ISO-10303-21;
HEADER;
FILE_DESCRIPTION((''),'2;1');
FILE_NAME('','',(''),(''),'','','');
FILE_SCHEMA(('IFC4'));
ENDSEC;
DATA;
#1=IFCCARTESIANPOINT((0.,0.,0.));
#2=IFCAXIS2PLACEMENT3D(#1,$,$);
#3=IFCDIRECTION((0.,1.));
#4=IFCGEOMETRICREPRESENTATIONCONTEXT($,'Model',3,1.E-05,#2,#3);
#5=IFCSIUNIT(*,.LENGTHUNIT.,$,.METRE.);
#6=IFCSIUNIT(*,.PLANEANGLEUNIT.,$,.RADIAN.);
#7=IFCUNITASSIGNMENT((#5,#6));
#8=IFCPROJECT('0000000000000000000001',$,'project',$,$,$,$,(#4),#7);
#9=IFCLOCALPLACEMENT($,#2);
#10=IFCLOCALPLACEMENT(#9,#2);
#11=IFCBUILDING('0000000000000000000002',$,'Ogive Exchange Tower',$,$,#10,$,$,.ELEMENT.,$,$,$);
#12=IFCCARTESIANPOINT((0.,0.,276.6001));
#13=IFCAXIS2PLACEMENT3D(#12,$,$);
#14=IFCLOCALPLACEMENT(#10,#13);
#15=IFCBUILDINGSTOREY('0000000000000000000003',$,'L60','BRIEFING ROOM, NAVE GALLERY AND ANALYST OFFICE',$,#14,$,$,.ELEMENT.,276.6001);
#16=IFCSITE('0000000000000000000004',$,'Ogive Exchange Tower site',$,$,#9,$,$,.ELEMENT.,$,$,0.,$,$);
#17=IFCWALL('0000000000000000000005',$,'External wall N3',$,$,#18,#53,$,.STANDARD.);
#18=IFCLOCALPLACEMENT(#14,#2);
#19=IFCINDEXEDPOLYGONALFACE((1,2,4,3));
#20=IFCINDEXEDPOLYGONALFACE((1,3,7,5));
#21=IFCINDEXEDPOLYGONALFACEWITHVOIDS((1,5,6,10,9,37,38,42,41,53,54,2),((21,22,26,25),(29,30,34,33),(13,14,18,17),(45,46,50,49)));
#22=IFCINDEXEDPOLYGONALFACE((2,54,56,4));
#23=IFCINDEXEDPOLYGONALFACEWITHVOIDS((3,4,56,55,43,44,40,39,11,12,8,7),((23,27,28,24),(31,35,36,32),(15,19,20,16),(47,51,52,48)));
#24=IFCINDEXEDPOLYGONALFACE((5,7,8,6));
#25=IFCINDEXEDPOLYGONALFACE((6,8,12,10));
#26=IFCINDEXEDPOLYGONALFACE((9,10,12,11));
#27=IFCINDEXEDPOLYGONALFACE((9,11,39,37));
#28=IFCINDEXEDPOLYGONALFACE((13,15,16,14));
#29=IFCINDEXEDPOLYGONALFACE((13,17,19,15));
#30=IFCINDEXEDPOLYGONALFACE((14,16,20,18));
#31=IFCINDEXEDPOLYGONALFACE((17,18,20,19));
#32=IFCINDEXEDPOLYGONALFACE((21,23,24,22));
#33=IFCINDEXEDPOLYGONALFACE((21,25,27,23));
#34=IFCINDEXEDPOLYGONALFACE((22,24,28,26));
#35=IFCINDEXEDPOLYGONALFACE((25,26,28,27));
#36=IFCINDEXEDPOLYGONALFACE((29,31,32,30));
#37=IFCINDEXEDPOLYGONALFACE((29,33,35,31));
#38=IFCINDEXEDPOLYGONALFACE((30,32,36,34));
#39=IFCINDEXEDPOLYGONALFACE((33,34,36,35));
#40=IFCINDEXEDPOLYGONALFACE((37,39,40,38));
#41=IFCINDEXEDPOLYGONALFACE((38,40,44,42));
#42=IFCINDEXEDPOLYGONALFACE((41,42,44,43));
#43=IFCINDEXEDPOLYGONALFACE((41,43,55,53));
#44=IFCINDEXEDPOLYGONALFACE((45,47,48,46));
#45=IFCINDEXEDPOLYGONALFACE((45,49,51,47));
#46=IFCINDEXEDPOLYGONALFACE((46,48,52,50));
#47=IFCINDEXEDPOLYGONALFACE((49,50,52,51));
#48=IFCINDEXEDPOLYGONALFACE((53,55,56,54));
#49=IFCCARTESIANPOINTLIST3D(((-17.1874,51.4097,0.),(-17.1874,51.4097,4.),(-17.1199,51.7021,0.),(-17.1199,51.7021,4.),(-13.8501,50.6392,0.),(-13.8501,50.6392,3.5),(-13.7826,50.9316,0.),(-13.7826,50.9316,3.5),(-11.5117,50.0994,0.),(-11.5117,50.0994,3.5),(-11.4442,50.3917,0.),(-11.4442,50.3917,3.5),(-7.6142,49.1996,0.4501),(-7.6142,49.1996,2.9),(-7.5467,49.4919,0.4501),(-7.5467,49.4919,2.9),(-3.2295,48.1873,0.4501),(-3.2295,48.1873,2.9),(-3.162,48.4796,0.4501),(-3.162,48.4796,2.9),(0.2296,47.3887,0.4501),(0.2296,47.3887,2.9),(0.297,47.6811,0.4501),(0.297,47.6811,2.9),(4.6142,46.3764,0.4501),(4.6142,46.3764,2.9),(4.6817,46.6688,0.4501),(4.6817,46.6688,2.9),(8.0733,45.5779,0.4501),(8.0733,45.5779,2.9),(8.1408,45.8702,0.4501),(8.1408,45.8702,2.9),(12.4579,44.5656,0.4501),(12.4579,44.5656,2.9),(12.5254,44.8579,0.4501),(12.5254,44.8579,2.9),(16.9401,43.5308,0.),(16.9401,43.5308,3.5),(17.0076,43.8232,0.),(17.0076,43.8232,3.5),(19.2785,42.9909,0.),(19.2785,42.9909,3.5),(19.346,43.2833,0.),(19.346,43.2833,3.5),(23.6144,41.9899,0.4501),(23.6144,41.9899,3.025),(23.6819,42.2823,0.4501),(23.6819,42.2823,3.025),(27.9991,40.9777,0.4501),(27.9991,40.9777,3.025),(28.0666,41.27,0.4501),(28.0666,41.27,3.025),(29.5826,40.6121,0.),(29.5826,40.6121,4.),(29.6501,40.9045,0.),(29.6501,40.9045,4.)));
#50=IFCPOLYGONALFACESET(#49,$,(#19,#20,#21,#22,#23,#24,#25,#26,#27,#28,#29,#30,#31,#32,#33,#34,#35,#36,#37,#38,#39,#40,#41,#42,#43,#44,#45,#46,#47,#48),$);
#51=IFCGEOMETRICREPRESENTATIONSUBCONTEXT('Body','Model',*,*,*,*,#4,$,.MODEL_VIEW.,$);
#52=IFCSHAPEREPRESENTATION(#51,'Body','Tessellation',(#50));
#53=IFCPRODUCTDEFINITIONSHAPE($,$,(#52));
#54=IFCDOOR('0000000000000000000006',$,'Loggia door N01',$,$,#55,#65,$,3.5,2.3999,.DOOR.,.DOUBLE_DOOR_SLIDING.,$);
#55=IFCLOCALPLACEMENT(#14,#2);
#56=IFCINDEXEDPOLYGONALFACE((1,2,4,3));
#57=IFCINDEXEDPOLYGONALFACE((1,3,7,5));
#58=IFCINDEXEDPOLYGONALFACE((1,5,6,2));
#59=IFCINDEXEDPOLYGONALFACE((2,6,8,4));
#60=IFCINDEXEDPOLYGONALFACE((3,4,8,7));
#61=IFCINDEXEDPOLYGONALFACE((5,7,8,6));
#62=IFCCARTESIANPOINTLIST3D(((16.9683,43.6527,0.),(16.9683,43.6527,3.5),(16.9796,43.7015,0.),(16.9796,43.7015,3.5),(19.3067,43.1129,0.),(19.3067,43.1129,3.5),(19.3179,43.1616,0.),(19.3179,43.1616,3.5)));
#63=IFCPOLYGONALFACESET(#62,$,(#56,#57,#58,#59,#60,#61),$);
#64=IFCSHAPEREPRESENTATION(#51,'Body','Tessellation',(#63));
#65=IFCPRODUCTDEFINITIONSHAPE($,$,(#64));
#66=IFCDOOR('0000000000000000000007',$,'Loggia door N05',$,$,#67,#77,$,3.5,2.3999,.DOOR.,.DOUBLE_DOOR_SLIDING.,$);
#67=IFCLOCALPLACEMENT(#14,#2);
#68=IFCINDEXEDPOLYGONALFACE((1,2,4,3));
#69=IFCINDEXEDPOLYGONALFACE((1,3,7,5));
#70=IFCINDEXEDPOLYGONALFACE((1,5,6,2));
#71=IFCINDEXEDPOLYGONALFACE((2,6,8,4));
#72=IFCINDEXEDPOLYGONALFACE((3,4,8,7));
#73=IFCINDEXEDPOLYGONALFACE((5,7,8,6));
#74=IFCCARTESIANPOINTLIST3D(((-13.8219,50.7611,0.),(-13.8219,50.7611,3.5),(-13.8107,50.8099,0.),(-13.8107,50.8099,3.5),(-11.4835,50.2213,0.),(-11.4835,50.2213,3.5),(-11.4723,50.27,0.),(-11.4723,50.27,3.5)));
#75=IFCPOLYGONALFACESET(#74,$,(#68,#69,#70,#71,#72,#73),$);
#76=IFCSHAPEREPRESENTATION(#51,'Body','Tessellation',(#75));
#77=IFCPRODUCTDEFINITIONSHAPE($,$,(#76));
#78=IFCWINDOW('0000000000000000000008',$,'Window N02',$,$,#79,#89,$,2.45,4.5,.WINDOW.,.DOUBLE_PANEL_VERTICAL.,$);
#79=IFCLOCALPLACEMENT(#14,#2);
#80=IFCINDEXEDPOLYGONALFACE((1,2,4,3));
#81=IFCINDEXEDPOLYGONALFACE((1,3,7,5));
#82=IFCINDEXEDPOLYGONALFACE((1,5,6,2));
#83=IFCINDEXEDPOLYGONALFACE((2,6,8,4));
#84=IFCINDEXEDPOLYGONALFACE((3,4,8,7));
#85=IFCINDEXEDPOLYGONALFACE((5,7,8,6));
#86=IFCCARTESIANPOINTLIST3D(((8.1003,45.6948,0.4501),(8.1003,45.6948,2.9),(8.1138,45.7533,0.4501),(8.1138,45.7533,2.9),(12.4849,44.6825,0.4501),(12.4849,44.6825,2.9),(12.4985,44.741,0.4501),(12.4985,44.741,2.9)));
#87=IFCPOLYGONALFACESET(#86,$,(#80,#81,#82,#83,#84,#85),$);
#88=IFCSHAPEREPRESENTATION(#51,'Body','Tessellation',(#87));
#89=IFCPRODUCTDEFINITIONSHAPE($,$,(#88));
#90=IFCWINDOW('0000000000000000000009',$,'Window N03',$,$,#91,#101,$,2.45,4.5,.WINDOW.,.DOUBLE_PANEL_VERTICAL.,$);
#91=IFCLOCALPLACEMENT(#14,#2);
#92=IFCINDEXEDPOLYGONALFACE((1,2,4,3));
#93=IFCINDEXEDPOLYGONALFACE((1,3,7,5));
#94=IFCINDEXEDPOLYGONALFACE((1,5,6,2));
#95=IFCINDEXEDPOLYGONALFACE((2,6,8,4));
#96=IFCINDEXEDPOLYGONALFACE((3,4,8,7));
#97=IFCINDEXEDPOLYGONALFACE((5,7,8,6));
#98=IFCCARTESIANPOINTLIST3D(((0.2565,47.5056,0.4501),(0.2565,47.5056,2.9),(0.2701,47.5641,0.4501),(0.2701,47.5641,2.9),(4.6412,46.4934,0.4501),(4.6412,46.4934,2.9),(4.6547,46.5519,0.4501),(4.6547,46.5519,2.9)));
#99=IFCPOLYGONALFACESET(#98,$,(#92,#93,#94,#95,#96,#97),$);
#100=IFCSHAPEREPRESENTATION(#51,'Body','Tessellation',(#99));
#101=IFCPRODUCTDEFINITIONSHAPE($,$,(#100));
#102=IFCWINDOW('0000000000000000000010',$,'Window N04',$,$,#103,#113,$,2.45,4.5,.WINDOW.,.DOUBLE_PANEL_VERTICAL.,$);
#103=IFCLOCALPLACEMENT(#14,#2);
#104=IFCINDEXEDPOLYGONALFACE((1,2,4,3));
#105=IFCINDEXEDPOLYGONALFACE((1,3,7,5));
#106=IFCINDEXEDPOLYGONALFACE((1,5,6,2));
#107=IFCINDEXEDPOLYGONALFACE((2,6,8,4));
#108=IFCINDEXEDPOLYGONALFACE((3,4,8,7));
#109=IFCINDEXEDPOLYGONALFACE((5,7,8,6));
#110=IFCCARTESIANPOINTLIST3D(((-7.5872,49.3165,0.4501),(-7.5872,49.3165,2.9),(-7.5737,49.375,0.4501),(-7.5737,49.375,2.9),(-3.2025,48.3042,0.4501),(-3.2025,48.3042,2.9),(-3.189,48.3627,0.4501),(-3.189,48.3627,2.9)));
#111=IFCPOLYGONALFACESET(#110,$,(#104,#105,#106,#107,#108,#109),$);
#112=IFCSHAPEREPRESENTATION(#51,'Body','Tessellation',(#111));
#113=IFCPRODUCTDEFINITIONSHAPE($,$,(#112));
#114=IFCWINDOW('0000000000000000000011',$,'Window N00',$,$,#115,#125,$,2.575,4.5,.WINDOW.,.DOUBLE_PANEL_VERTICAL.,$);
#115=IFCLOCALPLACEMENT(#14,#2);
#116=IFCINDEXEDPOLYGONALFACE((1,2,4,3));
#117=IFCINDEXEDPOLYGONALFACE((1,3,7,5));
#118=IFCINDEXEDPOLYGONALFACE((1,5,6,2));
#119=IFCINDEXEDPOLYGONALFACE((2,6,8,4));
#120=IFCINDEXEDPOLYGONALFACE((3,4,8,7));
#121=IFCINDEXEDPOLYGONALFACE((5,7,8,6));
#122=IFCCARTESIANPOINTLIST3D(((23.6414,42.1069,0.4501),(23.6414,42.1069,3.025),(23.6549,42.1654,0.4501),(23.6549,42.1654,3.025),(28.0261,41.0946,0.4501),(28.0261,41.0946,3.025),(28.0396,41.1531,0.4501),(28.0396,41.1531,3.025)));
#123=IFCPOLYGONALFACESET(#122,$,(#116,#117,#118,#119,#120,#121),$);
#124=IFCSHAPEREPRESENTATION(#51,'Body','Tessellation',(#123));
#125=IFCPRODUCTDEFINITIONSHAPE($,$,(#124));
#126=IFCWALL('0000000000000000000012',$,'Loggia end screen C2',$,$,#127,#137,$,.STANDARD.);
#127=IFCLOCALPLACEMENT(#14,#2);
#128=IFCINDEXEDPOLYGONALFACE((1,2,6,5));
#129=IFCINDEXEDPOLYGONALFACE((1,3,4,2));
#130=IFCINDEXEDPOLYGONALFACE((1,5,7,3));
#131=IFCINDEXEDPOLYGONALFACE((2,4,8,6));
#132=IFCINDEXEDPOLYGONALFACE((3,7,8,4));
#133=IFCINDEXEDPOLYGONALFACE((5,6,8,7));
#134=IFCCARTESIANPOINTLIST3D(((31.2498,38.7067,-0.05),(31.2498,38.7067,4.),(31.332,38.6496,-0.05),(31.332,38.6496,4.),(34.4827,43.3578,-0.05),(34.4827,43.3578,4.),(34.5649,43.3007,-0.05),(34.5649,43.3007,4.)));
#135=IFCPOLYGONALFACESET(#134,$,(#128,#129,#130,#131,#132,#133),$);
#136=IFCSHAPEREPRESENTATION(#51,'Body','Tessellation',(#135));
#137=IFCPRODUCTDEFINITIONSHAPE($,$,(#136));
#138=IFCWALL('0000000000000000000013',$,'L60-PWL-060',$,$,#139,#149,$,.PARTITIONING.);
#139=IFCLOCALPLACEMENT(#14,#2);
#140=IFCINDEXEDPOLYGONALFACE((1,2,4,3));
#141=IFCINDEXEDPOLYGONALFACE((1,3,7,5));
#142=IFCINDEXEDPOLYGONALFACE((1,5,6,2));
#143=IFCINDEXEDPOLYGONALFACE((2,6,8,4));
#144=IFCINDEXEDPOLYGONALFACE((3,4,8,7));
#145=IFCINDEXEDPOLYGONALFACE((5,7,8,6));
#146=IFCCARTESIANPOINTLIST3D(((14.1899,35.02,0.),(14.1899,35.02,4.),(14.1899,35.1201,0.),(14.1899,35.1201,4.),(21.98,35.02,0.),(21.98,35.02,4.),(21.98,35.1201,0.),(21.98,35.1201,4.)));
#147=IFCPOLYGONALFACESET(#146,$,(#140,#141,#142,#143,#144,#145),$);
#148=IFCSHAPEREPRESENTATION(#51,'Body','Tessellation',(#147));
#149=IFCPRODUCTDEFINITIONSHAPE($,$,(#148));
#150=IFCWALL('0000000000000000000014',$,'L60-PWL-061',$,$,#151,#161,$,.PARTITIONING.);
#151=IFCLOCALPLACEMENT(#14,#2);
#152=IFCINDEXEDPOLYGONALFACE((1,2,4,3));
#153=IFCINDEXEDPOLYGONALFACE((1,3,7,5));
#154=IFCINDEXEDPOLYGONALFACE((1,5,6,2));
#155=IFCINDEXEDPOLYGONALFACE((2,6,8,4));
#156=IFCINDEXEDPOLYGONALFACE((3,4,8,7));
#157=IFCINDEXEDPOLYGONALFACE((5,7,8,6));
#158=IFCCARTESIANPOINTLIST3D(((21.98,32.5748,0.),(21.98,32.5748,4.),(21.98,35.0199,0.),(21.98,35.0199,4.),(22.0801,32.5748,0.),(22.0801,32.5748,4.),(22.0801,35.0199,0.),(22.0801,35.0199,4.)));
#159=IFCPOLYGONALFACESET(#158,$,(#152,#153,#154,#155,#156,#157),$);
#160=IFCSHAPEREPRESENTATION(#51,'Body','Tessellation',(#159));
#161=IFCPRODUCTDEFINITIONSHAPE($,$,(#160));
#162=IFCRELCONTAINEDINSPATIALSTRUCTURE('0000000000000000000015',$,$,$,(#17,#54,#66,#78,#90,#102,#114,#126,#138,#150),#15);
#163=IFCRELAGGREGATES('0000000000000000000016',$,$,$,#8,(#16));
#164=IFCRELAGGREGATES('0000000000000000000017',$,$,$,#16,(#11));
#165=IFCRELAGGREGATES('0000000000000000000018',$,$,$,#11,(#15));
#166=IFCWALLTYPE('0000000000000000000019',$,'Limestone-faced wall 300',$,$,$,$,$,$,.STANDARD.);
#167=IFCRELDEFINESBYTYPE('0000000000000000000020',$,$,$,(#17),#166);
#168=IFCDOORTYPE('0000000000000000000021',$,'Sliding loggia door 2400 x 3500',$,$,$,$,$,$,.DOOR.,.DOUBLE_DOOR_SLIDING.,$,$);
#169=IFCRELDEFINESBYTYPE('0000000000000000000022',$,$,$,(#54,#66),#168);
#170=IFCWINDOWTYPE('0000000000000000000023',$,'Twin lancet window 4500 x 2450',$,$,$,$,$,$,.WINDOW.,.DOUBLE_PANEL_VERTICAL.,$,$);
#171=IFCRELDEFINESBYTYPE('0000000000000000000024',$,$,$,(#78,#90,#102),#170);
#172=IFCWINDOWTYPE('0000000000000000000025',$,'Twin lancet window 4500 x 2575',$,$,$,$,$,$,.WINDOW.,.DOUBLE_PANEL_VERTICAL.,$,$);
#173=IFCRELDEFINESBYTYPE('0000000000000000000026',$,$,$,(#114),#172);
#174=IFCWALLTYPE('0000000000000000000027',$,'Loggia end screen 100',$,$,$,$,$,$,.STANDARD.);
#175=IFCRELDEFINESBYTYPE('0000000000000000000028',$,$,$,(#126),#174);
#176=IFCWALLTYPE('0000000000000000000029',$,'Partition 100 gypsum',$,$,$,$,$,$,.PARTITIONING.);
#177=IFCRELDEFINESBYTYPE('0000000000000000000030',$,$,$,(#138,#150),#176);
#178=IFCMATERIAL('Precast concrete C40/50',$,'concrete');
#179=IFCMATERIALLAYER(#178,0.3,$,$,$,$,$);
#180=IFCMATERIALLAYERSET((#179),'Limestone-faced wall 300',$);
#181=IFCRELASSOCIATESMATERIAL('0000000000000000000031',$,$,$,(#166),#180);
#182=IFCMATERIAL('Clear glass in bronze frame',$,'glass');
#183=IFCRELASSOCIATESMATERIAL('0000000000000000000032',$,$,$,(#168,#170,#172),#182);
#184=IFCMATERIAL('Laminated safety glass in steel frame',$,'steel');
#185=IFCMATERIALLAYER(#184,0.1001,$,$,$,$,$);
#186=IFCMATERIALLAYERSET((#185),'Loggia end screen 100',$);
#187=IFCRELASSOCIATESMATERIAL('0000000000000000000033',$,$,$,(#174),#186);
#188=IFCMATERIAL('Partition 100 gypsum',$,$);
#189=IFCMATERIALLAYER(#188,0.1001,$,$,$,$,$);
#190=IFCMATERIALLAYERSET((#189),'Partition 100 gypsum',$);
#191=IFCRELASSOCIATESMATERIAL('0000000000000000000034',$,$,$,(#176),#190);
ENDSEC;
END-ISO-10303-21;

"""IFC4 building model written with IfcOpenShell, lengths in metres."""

from ifc_helpers import new_model, si_unit, direction, frame, frame_2d, origin, place, context, subcontext, project, spatial, rectangle, extrude, material, layer, layer_set, type_object, element, fill, save


model = new_model("IFC4")

# Units and contexts
model_context = context("Model", 3, precision=1e-05, world=origin(), true_north=direction((0.0, 1.0)))
body_context = subcontext(model_context, "Body", "Model", "MODEL_VIEW")
ifc_project = project(units=[si_unit("LENGTHUNIT", "METRE"), si_unit("PLANEANGLEUNIT", "RADIAN")], contexts=[model_context])

# Site, building, storey
site_placement = place(None, origin())
site = spatial("IfcSite", under=ifc_project, at=site_placement, Name="Ogive Exchange Tower site", CompositionType="ELEMENT", RefElevation=0.0)
building_placement = place(site_placement, origin())
building = spatial("IfcBuilding", under=site, at=building_placement, Name="Ogive Exchange Tower", CompositionType="ELEMENT")
storey_placement = place(building_placement, frame((0.0, 0.0, 276.6001)))
storey = spatial("IfcBuildingStorey", under=building, at=storey_placement, Name="L60", Description="BRIEFING ROOM, NAVE GALLERY AND ANALYST OFFICE", CompositionType="ELEMENT", Elevation=276.6001)

# Wall, openings, doors, windows
ifc_material_1 = material(Name="Precast concrete C40/50", Category="concrete")
ifc_layer_1 = layer(ifc_material_1, 0.3)
ifc_layer_set_1 = layer_set([ifc_layer_1], Name="Limestone-faced wall 300")
wall_type_1 = type_object("IfcWallType", Name="Limestone-faced wall 300", PredefinedType="STANDARD", material=ifc_layer_set_1)
wall_1_placement = place(storey_placement, frame((29.6162, 40.7583, 0.0), z_axis=(0.0, 0.0, 1.0), x_axis=(-0.974371, 0.224949, 0.0)))
wall_1 = element("IfcWall", 1, at=wall_1_placement, inside=storey, type_object=wall_type_1, Name="External wall N3", PredefinedType="STANDARD", context=body_context, shape_type="SweptSolid", body=[
    extrude(rectangle(XDim=48.0002, YDim=0.3, at=frame_2d((24.0, 0.0))), origin(), (0.0, 0.0, 1.0), 4.0),
])
opening_1_placement = place(wall_1_placement, frame((1.625, 0.0, 0.45)))
opening_1 = element("IfcOpeningElement", 2, at=opening_1_placement, cuts=wall_1, PredefinedType="OPENING", context=body_context, shape_type="SweptSolid", body=[
    extrude(rectangle(XDim=4.5, YDim=2.575, at=frame_2d((2.25, 1.2876))), frame((0.0, 0.1599, 0.0), z_axis=(0.0, -1.0, 0.0), x_axis=(1.0, 0.0, 0.0)), (0.0, 0.0, 1.0), 0.3201),
])
opening_2_placement = place(wall_1_placement, frame((10.575, 0.0, 0.0)))
opening_2 = element("IfcOpeningElement", 3, at=opening_2_placement, cuts=wall_1, PredefinedType="OPENING", context=body_context, shape_type="SweptSolid", body=[
    extrude(rectangle(XDim=2.3999, YDim=3.5, at=frame_2d((1.2, 1.75))), frame((0.0, 0.1599, 0.0), z_axis=(0.0, -1.0, 0.0), x_axis=(1.0, 0.0, 0.0)), (0.0, 0.0, 1.0), 0.3201),
])
opening_3_placement = place(wall_1_placement, frame((17.575, 0.0, 0.45)))
opening_3 = element("IfcOpeningElement", 4, at=opening_3_placement, cuts=wall_1, PredefinedType="OPENING", context=body_context, shape_type="SweptSolid", body=[
    extrude(rectangle(XDim=4.5, YDim=2.45, at=frame_2d((2.25, 1.2251))), frame((0.0, 0.1599, 0.0), z_axis=(0.0, -1.0, 0.0), x_axis=(1.0, 0.0, 0.0)), (0.0, 0.0, 1.0), 0.3201),
])
opening_4_placement = place(wall_1_placement, frame((25.625, 0.0, 0.45)))
opening_4 = element("IfcOpeningElement", 5, at=opening_4_placement, cuts=wall_1, PredefinedType="OPENING", context=body_context, shape_type="SweptSolid", body=[
    extrude(rectangle(XDim=4.5, YDim=2.45, at=frame_2d((2.25, 1.2251))), frame((0.0, 0.1599, 0.0), z_axis=(0.0, -1.0, 0.0), x_axis=(1.0, 0.0, 0.0)), (0.0, 0.0, 1.0), 0.3201),
])
opening_5_placement = place(wall_1_placement, frame((33.675, 0.0, 0.45)))
opening_5 = element("IfcOpeningElement", 6, at=opening_5_placement, cuts=wall_1, PredefinedType="OPENING", context=body_context, shape_type="SweptSolid", body=[
    extrude(rectangle(XDim=4.5, YDim=2.45, at=frame_2d((2.25, 1.2251))), frame((0.0, 0.1599, 0.0), z_axis=(0.0, -1.0, 0.0), x_axis=(1.0, 0.0, 0.0)), (0.0, 0.0, 1.0), 0.3201),
])
opening_6_placement = place(wall_1_placement, frame((42.175, 0.0, 0.0)))
opening_6 = element("IfcOpeningElement", 7, at=opening_6_placement, cuts=wall_1, PredefinedType="OPENING", context=body_context, shape_type="SweptSolid", body=[
    extrude(rectangle(XDim=2.3999, YDim=3.5, at=frame_2d((1.2, 1.75))), frame((0.0, 0.1599, 0.0), z_axis=(0.0, -1.0, 0.0), x_axis=(1.0, 0.0, 0.0)), (0.0, 0.0, 1.0), 0.3201),
])
ifc_material_2 = material(Name="Clear glass in bronze frame", Category="glass")
door_type_1 = type_object("IfcDoorType", Name="Sliding loggia door 2400 x 3500", OperationType="DOUBLE_DOOR_SLIDING", PredefinedType="DOOR", material=ifc_material_2)
door_1_placement = place(opening_2_placement, origin())
door_1 = element("IfcDoor", 8, at=door_1_placement, inside=storey, type_object=door_type_1, Name="Loggia door N01", OperationType="DOUBLE_DOOR_SLIDING", OverallHeight=3.5, OverallWidth=2.3999, PredefinedType="DOOR", context=body_context, shape_type="SweptSolid", body=[
    extrude(rectangle(XDim=2.3999, YDim=3.5, at=frame_2d((1.2, 1.75))), frame((0.0, 0.0249, 0.0), z_axis=(0.0, -1.0, 0.0), x_axis=(1.0, 0.0, 0.0)), (0.0, 0.0, 1.0), 0.05),
])
fill(opening_2, door_1)
door_2_placement = place(opening_6_placement, origin())
door_2 = element("IfcDoor", 9, at=door_2_placement, inside=storey, type_object=door_type_1, Name="Loggia door N05", OperationType="DOUBLE_DOOR_SLIDING", OverallHeight=3.5, OverallWidth=2.3999, PredefinedType="DOOR", context=body_context, shape_type="SweptSolid", body=[
    extrude(rectangle(XDim=2.3999, YDim=3.5, at=frame_2d((1.2, 1.75))), frame((0.0, 0.0249, 0.0), z_axis=(0.0, -1.0, 0.0), x_axis=(1.0, 0.0, 0.0)), (0.0, 0.0, 1.0), 0.05),
])
fill(opening_6, door_2)
window_type_1 = type_object("IfcWindowType", Name="Twin lancet window 4500 x 2450", PartitioningType="DOUBLE_PANEL_VERTICAL", PredefinedType="WINDOW", material=ifc_material_2)
window_1_placement = place(opening_3_placement, origin())
window_1 = element("IfcWindow", 10, at=window_1_placement, inside=storey, type_object=window_type_1, Name="Window N02", OverallHeight=2.45, OverallWidth=4.5, PartitioningType="DOUBLE_PANEL_VERTICAL", PredefinedType="WINDOW", context=body_context, shape_type="SweptSolid", body=[
    extrude(rectangle(XDim=4.5, YDim=2.45, at=frame_2d((2.25, 1.2251))), frame((0.0, 0.03, 0.0), z_axis=(0.0, -1.0, 0.0), x_axis=(1.0, 0.0, 0.0)), (0.0, 0.0, 1.0), 0.0601),
])
fill(opening_3, window_1)
window_2_placement = place(opening_4_placement, origin())
window_2 = element("IfcWindow", 11, at=window_2_placement, inside=storey, type_object=window_type_1, Name="Window N03", OverallHeight=2.45, OverallWidth=4.5, PartitioningType="DOUBLE_PANEL_VERTICAL", PredefinedType="WINDOW", context=body_context, shape_type="SweptSolid", body=[
    extrude(rectangle(XDim=4.5, YDim=2.45, at=frame_2d((2.25, 1.2251))), frame((0.0, 0.03, 0.0), z_axis=(0.0, -1.0, 0.0), x_axis=(1.0, 0.0, 0.0)), (0.0, 0.0, 1.0), 0.0601),
])
fill(opening_4, window_2)
window_3_placement = place(opening_5_placement, origin())
window_3 = element("IfcWindow", 12, at=window_3_placement, inside=storey, type_object=window_type_1, Name="Window N04", OverallHeight=2.45, OverallWidth=4.5, PartitioningType="DOUBLE_PANEL_VERTICAL", PredefinedType="WINDOW", context=body_context, shape_type="SweptSolid", body=[
    extrude(rectangle(XDim=4.5, YDim=2.45, at=frame_2d((2.25, 1.2251))), frame((0.0, 0.03, 0.0), z_axis=(0.0, -1.0, 0.0), x_axis=(1.0, 0.0, 0.0)), (0.0, 0.0, 1.0), 0.0601),
])
fill(opening_5, window_3)
window_type_2 = type_object("IfcWindowType", Name="Twin lancet window 4500 x 2575", PartitioningType="DOUBLE_PANEL_VERTICAL", PredefinedType="WINDOW", material=ifc_material_2)
window_4_placement = place(opening_1_placement, origin())
window_4 = element("IfcWindow", 13, at=window_4_placement, inside=storey, type_object=window_type_2, Name="Window N00", OverallHeight=2.575, OverallWidth=4.5, PartitioningType="DOUBLE_PANEL_VERTICAL", PredefinedType="WINDOW", context=body_context, shape_type="SweptSolid", body=[
    extrude(rectangle(XDim=4.5, YDim=2.575, at=frame_2d((2.25, 1.2876))), frame((0.0, 0.03, 0.0), z_axis=(0.0, -1.0, 0.0), x_axis=(1.0, 0.0, 0.0)), (0.0, 0.0, 1.0), 0.0601),
])
fill(opening_1, window_4)

# Walls
ifc_material_3 = material(Name="Laminated safety glass in steel frame", Category="steel")
ifc_layer_2 = layer(ifc_material_3, 0.1001)
ifc_layer_set_2 = layer_set([ifc_layer_2], Name="Loggia end screen 100")
wall_type_2 = type_object("IfcWallType", Name="Loggia end screen 100", PredefinedType="STANDARD", material=ifc_layer_set_2)
wall_2_placement = place(storey_placement, frame((31.291, 38.6782, -0.05), z_axis=(0.0, 0.0, 1.0), x_axis=(0.570749, 0.821125, 0.0)))
element("IfcWall", 14, at=wall_2_placement, inside=storey, type_object=wall_type_2, Name="Loggia end screen C2", PredefinedType="STANDARD", context=body_context, shape_type="SweptSolid", body=[
    extrude(rectangle(XDim=5.6643, YDim=0.1001, at=frame_2d((2.832, 0.0))), origin(), (0.0, 0.0, 1.0), 4.05),
])
ifc_material_4 = material(Name="Partition 100 gypsum")
ifc_layer_3 = layer(ifc_material_4, 0.1001)
ifc_layer_set_3 = layer_set([ifc_layer_3], Name="Partition 100 gypsum")
wall_type_3 = type_object("IfcWallType", Name="Partition 100 gypsum", PredefinedType="PARTITIONING", material=ifc_layer_set_3)
wall_3_placement = place(storey_placement, frame((21.98, 35.0701, 0.0), z_axis=(0.0, 0.0, 1.0), x_axis=(-1.0, 0.0, 0.0)))
element("IfcWall", 15, at=wall_3_placement, inside=storey, type_object=wall_type_3, Name="L60-PWL-060", PredefinedType="PARTITIONING", context=body_context, shape_type="SweptSolid", body=[
    extrude(rectangle(XDim=7.79, YDim=0.1001, at=frame_2d((3.895, 0.0))), origin(), (0.0, 0.0, 1.0), 4.0),
])
wall_4_placement = place(storey_placement, frame((22.03, 35.02, 0.0), z_axis=(0.0, 0.0, 1.0), x_axis=(0.0, -1.0, 0.0)))
element("IfcWall", 16, at=wall_4_placement, inside=storey, type_object=wall_type_3, Name="L60-PWL-061", PredefinedType="PARTITIONING", context=body_context, shape_type="SweptSolid", body=[
    extrude(rectangle(XDim=2.4451, YDim=0.1001, at=frame_2d((1.2227, 0.0))), origin(), (0.0, 0.0, 1.0), 4.0),
])

save(model, "model.ifc")
